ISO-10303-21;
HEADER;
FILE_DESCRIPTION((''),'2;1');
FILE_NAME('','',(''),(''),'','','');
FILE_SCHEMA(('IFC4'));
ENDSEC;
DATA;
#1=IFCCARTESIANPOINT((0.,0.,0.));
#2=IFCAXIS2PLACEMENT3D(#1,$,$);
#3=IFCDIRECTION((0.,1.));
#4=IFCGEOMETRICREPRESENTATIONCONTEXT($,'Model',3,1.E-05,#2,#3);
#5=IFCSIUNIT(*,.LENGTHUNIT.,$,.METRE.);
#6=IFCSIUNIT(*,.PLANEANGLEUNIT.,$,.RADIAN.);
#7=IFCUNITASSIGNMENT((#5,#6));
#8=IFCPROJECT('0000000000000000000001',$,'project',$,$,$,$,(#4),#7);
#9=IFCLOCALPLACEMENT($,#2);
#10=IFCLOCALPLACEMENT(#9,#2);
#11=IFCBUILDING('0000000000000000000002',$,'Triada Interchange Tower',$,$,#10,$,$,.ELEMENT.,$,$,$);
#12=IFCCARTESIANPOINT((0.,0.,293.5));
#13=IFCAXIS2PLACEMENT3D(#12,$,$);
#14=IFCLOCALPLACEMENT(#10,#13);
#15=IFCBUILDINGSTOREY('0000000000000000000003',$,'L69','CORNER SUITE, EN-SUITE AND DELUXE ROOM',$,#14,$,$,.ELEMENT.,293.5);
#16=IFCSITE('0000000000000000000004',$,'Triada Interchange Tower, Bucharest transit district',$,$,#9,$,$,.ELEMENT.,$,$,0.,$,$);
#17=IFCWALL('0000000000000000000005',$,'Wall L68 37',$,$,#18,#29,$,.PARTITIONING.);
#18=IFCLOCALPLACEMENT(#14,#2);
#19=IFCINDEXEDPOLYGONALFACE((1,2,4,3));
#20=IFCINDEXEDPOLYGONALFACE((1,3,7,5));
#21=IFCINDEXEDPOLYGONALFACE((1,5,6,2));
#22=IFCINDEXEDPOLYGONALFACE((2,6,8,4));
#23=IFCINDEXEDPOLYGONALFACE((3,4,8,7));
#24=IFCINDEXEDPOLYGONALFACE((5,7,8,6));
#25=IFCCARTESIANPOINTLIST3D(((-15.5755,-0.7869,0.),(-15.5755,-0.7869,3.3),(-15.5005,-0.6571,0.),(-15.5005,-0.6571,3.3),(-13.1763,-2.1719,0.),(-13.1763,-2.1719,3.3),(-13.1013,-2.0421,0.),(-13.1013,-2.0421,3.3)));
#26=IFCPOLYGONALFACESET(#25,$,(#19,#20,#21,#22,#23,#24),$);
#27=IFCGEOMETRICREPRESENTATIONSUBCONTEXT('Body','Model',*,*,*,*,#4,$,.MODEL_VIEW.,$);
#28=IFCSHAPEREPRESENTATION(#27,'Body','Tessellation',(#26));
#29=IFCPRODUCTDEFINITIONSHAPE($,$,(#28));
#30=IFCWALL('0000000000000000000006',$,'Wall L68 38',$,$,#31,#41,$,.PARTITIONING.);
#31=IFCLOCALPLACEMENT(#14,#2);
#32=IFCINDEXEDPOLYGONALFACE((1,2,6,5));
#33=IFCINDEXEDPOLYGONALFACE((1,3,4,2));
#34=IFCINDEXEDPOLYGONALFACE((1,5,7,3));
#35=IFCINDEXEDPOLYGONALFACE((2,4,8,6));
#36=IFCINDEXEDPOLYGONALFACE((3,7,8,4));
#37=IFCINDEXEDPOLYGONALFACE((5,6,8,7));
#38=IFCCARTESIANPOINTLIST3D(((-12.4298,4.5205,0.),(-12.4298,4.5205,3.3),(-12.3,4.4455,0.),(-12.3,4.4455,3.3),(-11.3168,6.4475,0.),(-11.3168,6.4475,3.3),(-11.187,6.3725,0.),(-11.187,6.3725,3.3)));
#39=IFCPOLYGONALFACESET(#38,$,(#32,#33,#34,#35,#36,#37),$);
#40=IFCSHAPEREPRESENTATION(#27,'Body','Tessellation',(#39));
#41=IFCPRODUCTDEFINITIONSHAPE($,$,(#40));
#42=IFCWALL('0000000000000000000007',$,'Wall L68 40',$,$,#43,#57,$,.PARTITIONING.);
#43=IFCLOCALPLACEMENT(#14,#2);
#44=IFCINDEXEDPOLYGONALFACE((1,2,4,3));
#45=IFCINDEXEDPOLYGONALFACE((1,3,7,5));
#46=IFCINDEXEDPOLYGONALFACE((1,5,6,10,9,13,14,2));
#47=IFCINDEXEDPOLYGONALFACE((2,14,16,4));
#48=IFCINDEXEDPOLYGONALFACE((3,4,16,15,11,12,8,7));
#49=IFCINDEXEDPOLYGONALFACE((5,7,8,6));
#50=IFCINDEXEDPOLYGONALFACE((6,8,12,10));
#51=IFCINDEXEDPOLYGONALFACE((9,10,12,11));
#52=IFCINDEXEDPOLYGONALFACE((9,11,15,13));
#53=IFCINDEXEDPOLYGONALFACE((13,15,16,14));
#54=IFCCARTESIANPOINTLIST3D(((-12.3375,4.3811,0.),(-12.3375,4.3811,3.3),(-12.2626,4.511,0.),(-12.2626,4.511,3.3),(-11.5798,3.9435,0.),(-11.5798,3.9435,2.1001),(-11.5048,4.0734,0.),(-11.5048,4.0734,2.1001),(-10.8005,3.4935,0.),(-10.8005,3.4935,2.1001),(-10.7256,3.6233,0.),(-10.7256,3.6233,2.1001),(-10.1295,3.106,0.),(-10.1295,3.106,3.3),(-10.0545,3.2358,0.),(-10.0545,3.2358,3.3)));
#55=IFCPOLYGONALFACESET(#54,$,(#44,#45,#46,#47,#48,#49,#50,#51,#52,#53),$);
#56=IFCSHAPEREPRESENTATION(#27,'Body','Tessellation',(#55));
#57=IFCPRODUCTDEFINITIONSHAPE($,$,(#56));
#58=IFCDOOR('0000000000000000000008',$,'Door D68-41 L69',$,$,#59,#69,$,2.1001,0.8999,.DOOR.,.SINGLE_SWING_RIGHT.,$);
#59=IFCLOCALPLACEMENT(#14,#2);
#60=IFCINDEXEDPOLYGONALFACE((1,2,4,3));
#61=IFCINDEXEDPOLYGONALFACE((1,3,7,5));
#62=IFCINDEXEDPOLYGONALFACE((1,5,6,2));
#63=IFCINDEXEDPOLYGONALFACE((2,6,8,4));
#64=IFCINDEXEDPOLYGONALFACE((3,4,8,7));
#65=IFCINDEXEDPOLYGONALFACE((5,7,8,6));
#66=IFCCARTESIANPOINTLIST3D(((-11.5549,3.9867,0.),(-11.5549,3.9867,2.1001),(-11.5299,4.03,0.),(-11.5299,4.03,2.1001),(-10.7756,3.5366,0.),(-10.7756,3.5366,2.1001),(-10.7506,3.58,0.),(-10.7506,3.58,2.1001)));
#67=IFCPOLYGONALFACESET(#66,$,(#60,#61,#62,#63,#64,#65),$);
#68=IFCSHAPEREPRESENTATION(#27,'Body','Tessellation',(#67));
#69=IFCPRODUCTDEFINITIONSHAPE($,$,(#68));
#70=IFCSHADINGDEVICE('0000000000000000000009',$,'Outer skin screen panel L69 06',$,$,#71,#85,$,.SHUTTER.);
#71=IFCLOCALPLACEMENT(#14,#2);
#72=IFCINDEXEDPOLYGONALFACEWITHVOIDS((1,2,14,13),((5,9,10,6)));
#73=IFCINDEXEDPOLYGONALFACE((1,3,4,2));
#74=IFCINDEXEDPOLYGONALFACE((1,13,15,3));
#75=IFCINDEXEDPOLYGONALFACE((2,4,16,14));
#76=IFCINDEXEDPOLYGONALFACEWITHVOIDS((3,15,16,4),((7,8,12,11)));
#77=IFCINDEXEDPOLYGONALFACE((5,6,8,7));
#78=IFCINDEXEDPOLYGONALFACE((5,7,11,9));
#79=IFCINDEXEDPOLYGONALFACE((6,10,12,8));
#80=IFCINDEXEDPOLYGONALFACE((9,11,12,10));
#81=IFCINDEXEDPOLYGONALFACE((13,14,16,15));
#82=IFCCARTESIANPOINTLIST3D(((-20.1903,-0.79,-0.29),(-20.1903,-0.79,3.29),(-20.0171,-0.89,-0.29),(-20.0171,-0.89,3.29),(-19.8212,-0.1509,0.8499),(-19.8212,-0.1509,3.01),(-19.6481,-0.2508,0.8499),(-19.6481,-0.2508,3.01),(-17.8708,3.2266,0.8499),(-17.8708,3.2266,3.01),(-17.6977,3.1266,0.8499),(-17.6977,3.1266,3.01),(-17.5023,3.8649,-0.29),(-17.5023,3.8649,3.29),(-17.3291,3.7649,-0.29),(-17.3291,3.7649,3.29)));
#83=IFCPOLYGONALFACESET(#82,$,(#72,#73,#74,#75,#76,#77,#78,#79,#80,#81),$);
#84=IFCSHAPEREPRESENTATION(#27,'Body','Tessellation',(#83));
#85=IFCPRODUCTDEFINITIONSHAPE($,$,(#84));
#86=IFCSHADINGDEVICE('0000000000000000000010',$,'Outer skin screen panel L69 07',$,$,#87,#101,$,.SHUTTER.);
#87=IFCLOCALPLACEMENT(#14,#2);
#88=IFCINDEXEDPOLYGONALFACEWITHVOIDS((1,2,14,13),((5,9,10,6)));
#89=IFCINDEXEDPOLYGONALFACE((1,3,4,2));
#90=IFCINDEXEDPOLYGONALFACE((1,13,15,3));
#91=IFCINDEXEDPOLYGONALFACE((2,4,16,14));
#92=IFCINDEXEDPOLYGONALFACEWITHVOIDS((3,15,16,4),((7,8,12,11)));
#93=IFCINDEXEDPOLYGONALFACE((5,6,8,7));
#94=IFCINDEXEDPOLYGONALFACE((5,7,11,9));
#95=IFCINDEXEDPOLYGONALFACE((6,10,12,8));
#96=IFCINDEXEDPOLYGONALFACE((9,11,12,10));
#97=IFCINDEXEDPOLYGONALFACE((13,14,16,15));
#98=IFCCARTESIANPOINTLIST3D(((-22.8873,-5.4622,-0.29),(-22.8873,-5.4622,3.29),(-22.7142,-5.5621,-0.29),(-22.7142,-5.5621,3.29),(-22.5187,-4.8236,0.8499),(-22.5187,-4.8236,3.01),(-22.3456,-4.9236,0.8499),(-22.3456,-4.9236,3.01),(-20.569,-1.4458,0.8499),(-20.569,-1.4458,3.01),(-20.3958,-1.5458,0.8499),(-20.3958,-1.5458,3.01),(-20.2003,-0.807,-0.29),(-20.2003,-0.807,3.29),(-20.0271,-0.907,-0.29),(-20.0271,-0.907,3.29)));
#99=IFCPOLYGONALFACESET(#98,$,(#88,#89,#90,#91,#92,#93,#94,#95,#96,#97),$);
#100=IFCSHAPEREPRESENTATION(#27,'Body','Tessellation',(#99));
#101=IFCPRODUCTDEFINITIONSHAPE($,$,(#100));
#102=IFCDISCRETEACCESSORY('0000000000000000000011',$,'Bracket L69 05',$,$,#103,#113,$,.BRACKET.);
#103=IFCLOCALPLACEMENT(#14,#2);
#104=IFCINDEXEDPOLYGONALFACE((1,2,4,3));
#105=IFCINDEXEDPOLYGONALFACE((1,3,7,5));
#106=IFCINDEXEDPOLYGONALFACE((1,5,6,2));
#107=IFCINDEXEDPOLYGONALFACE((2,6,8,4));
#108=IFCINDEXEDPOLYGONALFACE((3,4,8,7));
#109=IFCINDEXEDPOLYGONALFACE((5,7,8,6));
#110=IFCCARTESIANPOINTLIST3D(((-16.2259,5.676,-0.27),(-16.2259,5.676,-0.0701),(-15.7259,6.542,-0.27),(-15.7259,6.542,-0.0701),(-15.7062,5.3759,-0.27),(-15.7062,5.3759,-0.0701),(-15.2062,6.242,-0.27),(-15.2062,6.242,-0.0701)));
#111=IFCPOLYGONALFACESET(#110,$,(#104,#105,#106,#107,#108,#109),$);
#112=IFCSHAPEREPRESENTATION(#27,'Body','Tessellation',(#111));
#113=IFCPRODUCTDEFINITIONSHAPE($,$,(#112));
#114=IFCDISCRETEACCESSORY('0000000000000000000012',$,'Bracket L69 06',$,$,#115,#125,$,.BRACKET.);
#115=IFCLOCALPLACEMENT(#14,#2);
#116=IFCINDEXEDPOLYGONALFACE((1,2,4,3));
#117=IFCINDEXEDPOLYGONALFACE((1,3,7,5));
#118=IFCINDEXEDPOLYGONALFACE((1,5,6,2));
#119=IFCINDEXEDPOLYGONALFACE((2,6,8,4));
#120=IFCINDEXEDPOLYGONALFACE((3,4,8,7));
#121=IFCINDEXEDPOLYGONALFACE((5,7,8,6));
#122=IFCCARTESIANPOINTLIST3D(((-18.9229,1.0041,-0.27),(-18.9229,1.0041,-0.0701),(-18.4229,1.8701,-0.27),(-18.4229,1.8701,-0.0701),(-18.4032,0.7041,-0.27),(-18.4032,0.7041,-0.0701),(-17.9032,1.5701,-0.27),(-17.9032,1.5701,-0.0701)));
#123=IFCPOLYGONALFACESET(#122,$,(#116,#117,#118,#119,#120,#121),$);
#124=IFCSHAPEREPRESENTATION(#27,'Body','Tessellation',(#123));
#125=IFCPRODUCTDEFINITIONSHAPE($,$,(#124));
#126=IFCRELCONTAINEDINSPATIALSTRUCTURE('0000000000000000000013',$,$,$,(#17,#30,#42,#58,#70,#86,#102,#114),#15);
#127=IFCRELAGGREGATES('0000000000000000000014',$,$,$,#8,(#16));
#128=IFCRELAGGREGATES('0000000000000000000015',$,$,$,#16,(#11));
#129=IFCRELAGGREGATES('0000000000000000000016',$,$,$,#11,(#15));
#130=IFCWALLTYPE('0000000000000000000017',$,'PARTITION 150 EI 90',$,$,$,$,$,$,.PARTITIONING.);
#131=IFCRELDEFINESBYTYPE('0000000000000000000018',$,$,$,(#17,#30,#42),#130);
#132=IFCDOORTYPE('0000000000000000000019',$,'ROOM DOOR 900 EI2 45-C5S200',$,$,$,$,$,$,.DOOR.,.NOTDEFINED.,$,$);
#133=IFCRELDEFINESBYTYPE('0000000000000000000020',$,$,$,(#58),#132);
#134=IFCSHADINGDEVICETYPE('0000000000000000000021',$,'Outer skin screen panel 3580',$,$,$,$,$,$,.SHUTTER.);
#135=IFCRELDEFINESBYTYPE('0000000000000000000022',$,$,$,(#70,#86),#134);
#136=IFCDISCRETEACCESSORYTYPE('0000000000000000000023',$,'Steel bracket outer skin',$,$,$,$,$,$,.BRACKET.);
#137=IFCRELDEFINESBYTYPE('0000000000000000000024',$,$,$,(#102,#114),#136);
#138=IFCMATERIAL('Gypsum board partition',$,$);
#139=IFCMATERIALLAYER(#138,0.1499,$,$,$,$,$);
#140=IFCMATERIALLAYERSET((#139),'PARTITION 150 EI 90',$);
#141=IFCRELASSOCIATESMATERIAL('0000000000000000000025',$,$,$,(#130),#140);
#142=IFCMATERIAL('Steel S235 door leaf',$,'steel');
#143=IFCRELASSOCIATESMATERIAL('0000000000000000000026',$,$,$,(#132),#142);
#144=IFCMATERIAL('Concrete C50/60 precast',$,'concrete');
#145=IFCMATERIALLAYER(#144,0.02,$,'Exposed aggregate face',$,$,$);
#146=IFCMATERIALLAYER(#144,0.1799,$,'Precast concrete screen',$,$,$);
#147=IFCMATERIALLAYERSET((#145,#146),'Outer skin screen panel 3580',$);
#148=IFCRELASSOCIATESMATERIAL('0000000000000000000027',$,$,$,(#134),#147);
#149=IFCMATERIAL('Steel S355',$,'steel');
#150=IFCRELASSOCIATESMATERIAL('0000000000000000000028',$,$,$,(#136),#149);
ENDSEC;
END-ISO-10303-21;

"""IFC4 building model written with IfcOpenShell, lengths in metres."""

from ifc_helpers import new_model, si_unit, direction, frame, frame_2d, origin, origin_2d, place, context, subcontext, project, spatial, polyline, rectangle, outline, extrude, material, layer, layer_set, type_object, element, fill, save


model = new_model("IFC4")

# Units and contexts
model_context = context("Model", 3, precision=1e-05, world=origin(), true_north=direction((0.0, 1.0)))
body_context = subcontext(model_context, "Body", "Model", "MODEL_VIEW")
ifc_project = project(units=[si_unit("LENGTHUNIT", "METRE"), si_unit("PLANEANGLEUNIT", "RADIAN")], contexts=[model_context])

# Site, building, storey
site_placement = place(None, origin())
site = spatial("IfcSite", under=ifc_project, at=site_placement, Name="Triada Interchange Tower, Bucharest transit district", CompositionType="ELEMENT", RefElevation=0.0)
building_placement = place(site_placement, origin())
building = spatial("IfcBuilding", under=site, at=building_placement, Name="Triada Interchange Tower", CompositionType="ELEMENT")
storey_placement = place(building_placement, frame((0.0, 0.0, 293.5)))
storey = spatial("IfcBuildingStorey", under=building, at=storey_placement, Name="L69", Description="CORNER SUITE, EN-SUITE AND DELUXE ROOM", CompositionType="ELEMENT", Elevation=293.5)

# Shared definitions
ifc_material_1 = material(Name="Gypsum board partition")

# Shared definitions
ifc_layer_1 = layer(ifc_material_1, 0.1499)
ifc_layer_set_1 = layer_set([ifc_layer_1], Name="PARTITION 150 EI 90")
wall_type_1 = type_object("IfcWallType", Name="PARTITION 150 EI 90", PredefinedType="PARTITIONING", material=ifc_layer_set_1)
ifc_material_2 = material(Name="Steel S235 door leaf", Category="steel")
door_type = type_object("IfcDoorType", Name="ROOM DOOR 900 EI2 45-C5S200", OperationType="NOTDEFINED", PredefinedType="DOOR", material=ifc_material_2)

# Walls
wall_1_placement = place(storey_placement, frame((-15.5381, -0.7219, 0.0), z_axis=(0.0, 0.0, 1.0), x_axis=(0.866049, -0.499959, 0.0)))
element("IfcWall", 1, at=wall_1_placement, inside=storey, type_object=wall_type_1, Name="Wall L68 37", PredefinedType="PARTITIONING", context=body_context, shape_type="SweptSolid", body=[
    extrude(rectangle(XDim=2.7703, YDim=0.1499, at=frame_2d((1.3853, 0.0))), origin(), (0.0, 0.0, 1.0), 3.3),
])
wall_2_placement = place(storey_placement, frame((-12.365, 4.4829, 0.0), z_axis=(0.0, 0.0, 1.0), x_axis=(0.500162, 0.865932, 0.0)))
element("IfcWall", 2, at=wall_2_placement, inside=storey, type_object=wall_type_1, Name="Wall L68 38", PredefinedType="PARTITIONING", context=body_context, shape_type="SweptSolid", body=[
    extrude(rectangle(XDim=2.2253, YDim=0.1499, at=frame_2d((1.1128, 0.0))), origin(), (0.0, 0.0, 1.0), 3.3),
])

# Wall, opening, door
wall_3_placement = place(storey_placement, frame((-12.3, 4.446, 0.0), z_axis=(0.0, 0.0, 1.0), x_axis=(0.865966, -0.500104, 0.0)))
wall_3 = element("IfcWall", 3, at=wall_3_placement, inside=storey, type_object=wall_type_1, Name="Wall L68 40", PredefinedType="PARTITIONING", context=body_context, shape_type="SweptSolid", body=[
    extrude(rectangle(XDim=2.5498, YDim=0.1499, at=frame_2d((1.2749, 0.0))), origin(), (0.0, 0.0, 1.0), 3.3),
])
opening_1_placement = place(wall_3_placement, frame((0.875, 0.0, 0.0)))
opening_1 = element("IfcOpeningElement", 4, at=opening_1_placement, cuts=wall_3, PredefinedType="OPENING", context=body_context, shape_type="SweptSolid", body=[
    extrude(rectangle(XDim=0.8999, YDim=2.1001, at=frame_2d((0.45, 1.05))), frame((0.0, 0.085, 0.0), z_axis=(0.0, -1.0, 0.0), x_axis=(1.0, 0.0, 0.0)), (0.0, 0.0, 1.0), 0.1699),
])
door_1_placement = place(opening_1_placement, origin())
door_1 = element("IfcDoor", 5, at=door_1_placement, inside=storey, type_object=door_type, Name="Door D68-41 L69", OperationType="SINGLE_SWING_RIGHT", OverallHeight=2.1001, OverallWidth=0.8999, PredefinedType="DOOR", context=body_context, shape_type="SweptSolid", body=[
    extrude(rectangle(XDim=0.8999, YDim=2.1001, at=frame_2d((0.45, 1.05))), frame((0.0, 0.0249, 0.0), z_axis=(0.0, -1.0, 0.0), x_axis=(1.0, 0.0, 0.0)), (0.0, 0.0, 1.0), 0.05),
])
fill(opening_1, door_1)

# Shading devices
ifc_material_3 = material(Name="Concrete C50/60 precast", Category="concrete")
ifc_layer_2 = layer(ifc_material_3, 0.02, Name="Exposed aggregate face")
ifc_layer_3 = layer(ifc_material_3, 0.1799, Name="Precast concrete screen")
ifc_layer_set_2 = layer_set([ifc_layer_2, ifc_layer_3], Name="Outer skin screen panel 3580")
shading_device_type = type_object("IfcShadingDeviceType", Name="Outer skin screen panel 3580", PredefinedType="SHUTTER", material=ifc_layer_set_2)
shading_device_1_placement = place(storey_placement, frame((-17.3291, 3.7649, -0.29), z_axis=(0.0, 0.0, 1.0), x_axis=(-0.500076, -0.865981, 0.0)))
element("IfcShadingDevice", 6, at=shading_device_1_placement, inside=storey, type_object=shading_device_type, Name="Outer skin screen panel L69 06", PredefinedType="SHUTTER", context=body_context, shape_type="SweptSolid", body=[
    extrude(outline(polyline([(0.0, 0.0), (5.3752, 0.0), (5.3752, 3.5801), (0.0, 3.5801), (0.0, 0.0)]), holes=[polyline([(0.7371, 1.1399), (0.7371, 3.3), (4.6372, 3.3), (4.6372, 1.1399), (0.7371, 1.1399)])]), frame((0.0, 0.0, 0.0), z_axis=(0.0, -1.0, 0.0), x_axis=(1.0, 0.0, 0.0)), (0.0, 0.0, 1.0), 0.2),
])
shading_device_2_placement = place(storey_placement, frame((-20.0271, -0.907, -0.29), z_axis=(0.0, 0.0, 1.0), x_axis=(-0.49992, -0.866071, 0.0)))
element("IfcShadingDevice", 7, at=shading_device_2_placement, inside=storey, type_object=shading_device_type, Name="Outer skin screen panel L69 07", PredefinedType="SHUTTER", context=body_context, shape_type="SweptSolid", body=[
    extrude(outline(polyline([(0.0, 0.0), (5.375, 0.0), (5.375, 3.5801), (0.0, 3.5801), (0.0, 0.0)]), holes=[polyline([(0.7375, 1.1399), (0.7375, 3.3), (4.6377, 3.3), (4.6377, 1.1399), (0.7375, 1.1399)])]), frame((0.0, 0.0, 0.0), z_axis=(0.0, -1.0, 0.0), x_axis=(1.0, 0.0, 0.0)), (0.0, 0.0, 1.0), 0.2),
])

# Discrete accessories
ifc_material_4 = material(Name="Steel S355", Category="steel")
discrete_accessory_type = type_object("IfcDiscreteAccessoryType", Name="Steel bracket outer skin", PredefinedType="BRACKET", material=ifc_material_4)
for number, where, z_axis, x_axis, name in (
    (8, (-15.7161, 5.959, -0.27), (0.0, 0.0, 1.0), (-0.866023, 0.500004, 0.0), "Bracket L69 05"),
    (9, (-18.4131, 1.2871, -0.27), (0.0, 0.0, 1.0), (-0.866023, 0.500004, 0.0), "Bracket L69 06"),
):
    element("IfcDiscreteAccessory", number, at=place(storey_placement, frame(where, z_axis=z_axis, x_axis=x_axis)), inside=storey, type_object=discrete_accessory_type, Name=name, PredefinedType="BRACKET", context=body_context, shape_type="SweptSolid", body=[
        extrude(rectangle(XDim=0.6001, YDim=1.0, at=origin_2d()), origin(), (0.0, 0.0, 1.0), 0.2),
    ])

save(model, "model.ifc")
